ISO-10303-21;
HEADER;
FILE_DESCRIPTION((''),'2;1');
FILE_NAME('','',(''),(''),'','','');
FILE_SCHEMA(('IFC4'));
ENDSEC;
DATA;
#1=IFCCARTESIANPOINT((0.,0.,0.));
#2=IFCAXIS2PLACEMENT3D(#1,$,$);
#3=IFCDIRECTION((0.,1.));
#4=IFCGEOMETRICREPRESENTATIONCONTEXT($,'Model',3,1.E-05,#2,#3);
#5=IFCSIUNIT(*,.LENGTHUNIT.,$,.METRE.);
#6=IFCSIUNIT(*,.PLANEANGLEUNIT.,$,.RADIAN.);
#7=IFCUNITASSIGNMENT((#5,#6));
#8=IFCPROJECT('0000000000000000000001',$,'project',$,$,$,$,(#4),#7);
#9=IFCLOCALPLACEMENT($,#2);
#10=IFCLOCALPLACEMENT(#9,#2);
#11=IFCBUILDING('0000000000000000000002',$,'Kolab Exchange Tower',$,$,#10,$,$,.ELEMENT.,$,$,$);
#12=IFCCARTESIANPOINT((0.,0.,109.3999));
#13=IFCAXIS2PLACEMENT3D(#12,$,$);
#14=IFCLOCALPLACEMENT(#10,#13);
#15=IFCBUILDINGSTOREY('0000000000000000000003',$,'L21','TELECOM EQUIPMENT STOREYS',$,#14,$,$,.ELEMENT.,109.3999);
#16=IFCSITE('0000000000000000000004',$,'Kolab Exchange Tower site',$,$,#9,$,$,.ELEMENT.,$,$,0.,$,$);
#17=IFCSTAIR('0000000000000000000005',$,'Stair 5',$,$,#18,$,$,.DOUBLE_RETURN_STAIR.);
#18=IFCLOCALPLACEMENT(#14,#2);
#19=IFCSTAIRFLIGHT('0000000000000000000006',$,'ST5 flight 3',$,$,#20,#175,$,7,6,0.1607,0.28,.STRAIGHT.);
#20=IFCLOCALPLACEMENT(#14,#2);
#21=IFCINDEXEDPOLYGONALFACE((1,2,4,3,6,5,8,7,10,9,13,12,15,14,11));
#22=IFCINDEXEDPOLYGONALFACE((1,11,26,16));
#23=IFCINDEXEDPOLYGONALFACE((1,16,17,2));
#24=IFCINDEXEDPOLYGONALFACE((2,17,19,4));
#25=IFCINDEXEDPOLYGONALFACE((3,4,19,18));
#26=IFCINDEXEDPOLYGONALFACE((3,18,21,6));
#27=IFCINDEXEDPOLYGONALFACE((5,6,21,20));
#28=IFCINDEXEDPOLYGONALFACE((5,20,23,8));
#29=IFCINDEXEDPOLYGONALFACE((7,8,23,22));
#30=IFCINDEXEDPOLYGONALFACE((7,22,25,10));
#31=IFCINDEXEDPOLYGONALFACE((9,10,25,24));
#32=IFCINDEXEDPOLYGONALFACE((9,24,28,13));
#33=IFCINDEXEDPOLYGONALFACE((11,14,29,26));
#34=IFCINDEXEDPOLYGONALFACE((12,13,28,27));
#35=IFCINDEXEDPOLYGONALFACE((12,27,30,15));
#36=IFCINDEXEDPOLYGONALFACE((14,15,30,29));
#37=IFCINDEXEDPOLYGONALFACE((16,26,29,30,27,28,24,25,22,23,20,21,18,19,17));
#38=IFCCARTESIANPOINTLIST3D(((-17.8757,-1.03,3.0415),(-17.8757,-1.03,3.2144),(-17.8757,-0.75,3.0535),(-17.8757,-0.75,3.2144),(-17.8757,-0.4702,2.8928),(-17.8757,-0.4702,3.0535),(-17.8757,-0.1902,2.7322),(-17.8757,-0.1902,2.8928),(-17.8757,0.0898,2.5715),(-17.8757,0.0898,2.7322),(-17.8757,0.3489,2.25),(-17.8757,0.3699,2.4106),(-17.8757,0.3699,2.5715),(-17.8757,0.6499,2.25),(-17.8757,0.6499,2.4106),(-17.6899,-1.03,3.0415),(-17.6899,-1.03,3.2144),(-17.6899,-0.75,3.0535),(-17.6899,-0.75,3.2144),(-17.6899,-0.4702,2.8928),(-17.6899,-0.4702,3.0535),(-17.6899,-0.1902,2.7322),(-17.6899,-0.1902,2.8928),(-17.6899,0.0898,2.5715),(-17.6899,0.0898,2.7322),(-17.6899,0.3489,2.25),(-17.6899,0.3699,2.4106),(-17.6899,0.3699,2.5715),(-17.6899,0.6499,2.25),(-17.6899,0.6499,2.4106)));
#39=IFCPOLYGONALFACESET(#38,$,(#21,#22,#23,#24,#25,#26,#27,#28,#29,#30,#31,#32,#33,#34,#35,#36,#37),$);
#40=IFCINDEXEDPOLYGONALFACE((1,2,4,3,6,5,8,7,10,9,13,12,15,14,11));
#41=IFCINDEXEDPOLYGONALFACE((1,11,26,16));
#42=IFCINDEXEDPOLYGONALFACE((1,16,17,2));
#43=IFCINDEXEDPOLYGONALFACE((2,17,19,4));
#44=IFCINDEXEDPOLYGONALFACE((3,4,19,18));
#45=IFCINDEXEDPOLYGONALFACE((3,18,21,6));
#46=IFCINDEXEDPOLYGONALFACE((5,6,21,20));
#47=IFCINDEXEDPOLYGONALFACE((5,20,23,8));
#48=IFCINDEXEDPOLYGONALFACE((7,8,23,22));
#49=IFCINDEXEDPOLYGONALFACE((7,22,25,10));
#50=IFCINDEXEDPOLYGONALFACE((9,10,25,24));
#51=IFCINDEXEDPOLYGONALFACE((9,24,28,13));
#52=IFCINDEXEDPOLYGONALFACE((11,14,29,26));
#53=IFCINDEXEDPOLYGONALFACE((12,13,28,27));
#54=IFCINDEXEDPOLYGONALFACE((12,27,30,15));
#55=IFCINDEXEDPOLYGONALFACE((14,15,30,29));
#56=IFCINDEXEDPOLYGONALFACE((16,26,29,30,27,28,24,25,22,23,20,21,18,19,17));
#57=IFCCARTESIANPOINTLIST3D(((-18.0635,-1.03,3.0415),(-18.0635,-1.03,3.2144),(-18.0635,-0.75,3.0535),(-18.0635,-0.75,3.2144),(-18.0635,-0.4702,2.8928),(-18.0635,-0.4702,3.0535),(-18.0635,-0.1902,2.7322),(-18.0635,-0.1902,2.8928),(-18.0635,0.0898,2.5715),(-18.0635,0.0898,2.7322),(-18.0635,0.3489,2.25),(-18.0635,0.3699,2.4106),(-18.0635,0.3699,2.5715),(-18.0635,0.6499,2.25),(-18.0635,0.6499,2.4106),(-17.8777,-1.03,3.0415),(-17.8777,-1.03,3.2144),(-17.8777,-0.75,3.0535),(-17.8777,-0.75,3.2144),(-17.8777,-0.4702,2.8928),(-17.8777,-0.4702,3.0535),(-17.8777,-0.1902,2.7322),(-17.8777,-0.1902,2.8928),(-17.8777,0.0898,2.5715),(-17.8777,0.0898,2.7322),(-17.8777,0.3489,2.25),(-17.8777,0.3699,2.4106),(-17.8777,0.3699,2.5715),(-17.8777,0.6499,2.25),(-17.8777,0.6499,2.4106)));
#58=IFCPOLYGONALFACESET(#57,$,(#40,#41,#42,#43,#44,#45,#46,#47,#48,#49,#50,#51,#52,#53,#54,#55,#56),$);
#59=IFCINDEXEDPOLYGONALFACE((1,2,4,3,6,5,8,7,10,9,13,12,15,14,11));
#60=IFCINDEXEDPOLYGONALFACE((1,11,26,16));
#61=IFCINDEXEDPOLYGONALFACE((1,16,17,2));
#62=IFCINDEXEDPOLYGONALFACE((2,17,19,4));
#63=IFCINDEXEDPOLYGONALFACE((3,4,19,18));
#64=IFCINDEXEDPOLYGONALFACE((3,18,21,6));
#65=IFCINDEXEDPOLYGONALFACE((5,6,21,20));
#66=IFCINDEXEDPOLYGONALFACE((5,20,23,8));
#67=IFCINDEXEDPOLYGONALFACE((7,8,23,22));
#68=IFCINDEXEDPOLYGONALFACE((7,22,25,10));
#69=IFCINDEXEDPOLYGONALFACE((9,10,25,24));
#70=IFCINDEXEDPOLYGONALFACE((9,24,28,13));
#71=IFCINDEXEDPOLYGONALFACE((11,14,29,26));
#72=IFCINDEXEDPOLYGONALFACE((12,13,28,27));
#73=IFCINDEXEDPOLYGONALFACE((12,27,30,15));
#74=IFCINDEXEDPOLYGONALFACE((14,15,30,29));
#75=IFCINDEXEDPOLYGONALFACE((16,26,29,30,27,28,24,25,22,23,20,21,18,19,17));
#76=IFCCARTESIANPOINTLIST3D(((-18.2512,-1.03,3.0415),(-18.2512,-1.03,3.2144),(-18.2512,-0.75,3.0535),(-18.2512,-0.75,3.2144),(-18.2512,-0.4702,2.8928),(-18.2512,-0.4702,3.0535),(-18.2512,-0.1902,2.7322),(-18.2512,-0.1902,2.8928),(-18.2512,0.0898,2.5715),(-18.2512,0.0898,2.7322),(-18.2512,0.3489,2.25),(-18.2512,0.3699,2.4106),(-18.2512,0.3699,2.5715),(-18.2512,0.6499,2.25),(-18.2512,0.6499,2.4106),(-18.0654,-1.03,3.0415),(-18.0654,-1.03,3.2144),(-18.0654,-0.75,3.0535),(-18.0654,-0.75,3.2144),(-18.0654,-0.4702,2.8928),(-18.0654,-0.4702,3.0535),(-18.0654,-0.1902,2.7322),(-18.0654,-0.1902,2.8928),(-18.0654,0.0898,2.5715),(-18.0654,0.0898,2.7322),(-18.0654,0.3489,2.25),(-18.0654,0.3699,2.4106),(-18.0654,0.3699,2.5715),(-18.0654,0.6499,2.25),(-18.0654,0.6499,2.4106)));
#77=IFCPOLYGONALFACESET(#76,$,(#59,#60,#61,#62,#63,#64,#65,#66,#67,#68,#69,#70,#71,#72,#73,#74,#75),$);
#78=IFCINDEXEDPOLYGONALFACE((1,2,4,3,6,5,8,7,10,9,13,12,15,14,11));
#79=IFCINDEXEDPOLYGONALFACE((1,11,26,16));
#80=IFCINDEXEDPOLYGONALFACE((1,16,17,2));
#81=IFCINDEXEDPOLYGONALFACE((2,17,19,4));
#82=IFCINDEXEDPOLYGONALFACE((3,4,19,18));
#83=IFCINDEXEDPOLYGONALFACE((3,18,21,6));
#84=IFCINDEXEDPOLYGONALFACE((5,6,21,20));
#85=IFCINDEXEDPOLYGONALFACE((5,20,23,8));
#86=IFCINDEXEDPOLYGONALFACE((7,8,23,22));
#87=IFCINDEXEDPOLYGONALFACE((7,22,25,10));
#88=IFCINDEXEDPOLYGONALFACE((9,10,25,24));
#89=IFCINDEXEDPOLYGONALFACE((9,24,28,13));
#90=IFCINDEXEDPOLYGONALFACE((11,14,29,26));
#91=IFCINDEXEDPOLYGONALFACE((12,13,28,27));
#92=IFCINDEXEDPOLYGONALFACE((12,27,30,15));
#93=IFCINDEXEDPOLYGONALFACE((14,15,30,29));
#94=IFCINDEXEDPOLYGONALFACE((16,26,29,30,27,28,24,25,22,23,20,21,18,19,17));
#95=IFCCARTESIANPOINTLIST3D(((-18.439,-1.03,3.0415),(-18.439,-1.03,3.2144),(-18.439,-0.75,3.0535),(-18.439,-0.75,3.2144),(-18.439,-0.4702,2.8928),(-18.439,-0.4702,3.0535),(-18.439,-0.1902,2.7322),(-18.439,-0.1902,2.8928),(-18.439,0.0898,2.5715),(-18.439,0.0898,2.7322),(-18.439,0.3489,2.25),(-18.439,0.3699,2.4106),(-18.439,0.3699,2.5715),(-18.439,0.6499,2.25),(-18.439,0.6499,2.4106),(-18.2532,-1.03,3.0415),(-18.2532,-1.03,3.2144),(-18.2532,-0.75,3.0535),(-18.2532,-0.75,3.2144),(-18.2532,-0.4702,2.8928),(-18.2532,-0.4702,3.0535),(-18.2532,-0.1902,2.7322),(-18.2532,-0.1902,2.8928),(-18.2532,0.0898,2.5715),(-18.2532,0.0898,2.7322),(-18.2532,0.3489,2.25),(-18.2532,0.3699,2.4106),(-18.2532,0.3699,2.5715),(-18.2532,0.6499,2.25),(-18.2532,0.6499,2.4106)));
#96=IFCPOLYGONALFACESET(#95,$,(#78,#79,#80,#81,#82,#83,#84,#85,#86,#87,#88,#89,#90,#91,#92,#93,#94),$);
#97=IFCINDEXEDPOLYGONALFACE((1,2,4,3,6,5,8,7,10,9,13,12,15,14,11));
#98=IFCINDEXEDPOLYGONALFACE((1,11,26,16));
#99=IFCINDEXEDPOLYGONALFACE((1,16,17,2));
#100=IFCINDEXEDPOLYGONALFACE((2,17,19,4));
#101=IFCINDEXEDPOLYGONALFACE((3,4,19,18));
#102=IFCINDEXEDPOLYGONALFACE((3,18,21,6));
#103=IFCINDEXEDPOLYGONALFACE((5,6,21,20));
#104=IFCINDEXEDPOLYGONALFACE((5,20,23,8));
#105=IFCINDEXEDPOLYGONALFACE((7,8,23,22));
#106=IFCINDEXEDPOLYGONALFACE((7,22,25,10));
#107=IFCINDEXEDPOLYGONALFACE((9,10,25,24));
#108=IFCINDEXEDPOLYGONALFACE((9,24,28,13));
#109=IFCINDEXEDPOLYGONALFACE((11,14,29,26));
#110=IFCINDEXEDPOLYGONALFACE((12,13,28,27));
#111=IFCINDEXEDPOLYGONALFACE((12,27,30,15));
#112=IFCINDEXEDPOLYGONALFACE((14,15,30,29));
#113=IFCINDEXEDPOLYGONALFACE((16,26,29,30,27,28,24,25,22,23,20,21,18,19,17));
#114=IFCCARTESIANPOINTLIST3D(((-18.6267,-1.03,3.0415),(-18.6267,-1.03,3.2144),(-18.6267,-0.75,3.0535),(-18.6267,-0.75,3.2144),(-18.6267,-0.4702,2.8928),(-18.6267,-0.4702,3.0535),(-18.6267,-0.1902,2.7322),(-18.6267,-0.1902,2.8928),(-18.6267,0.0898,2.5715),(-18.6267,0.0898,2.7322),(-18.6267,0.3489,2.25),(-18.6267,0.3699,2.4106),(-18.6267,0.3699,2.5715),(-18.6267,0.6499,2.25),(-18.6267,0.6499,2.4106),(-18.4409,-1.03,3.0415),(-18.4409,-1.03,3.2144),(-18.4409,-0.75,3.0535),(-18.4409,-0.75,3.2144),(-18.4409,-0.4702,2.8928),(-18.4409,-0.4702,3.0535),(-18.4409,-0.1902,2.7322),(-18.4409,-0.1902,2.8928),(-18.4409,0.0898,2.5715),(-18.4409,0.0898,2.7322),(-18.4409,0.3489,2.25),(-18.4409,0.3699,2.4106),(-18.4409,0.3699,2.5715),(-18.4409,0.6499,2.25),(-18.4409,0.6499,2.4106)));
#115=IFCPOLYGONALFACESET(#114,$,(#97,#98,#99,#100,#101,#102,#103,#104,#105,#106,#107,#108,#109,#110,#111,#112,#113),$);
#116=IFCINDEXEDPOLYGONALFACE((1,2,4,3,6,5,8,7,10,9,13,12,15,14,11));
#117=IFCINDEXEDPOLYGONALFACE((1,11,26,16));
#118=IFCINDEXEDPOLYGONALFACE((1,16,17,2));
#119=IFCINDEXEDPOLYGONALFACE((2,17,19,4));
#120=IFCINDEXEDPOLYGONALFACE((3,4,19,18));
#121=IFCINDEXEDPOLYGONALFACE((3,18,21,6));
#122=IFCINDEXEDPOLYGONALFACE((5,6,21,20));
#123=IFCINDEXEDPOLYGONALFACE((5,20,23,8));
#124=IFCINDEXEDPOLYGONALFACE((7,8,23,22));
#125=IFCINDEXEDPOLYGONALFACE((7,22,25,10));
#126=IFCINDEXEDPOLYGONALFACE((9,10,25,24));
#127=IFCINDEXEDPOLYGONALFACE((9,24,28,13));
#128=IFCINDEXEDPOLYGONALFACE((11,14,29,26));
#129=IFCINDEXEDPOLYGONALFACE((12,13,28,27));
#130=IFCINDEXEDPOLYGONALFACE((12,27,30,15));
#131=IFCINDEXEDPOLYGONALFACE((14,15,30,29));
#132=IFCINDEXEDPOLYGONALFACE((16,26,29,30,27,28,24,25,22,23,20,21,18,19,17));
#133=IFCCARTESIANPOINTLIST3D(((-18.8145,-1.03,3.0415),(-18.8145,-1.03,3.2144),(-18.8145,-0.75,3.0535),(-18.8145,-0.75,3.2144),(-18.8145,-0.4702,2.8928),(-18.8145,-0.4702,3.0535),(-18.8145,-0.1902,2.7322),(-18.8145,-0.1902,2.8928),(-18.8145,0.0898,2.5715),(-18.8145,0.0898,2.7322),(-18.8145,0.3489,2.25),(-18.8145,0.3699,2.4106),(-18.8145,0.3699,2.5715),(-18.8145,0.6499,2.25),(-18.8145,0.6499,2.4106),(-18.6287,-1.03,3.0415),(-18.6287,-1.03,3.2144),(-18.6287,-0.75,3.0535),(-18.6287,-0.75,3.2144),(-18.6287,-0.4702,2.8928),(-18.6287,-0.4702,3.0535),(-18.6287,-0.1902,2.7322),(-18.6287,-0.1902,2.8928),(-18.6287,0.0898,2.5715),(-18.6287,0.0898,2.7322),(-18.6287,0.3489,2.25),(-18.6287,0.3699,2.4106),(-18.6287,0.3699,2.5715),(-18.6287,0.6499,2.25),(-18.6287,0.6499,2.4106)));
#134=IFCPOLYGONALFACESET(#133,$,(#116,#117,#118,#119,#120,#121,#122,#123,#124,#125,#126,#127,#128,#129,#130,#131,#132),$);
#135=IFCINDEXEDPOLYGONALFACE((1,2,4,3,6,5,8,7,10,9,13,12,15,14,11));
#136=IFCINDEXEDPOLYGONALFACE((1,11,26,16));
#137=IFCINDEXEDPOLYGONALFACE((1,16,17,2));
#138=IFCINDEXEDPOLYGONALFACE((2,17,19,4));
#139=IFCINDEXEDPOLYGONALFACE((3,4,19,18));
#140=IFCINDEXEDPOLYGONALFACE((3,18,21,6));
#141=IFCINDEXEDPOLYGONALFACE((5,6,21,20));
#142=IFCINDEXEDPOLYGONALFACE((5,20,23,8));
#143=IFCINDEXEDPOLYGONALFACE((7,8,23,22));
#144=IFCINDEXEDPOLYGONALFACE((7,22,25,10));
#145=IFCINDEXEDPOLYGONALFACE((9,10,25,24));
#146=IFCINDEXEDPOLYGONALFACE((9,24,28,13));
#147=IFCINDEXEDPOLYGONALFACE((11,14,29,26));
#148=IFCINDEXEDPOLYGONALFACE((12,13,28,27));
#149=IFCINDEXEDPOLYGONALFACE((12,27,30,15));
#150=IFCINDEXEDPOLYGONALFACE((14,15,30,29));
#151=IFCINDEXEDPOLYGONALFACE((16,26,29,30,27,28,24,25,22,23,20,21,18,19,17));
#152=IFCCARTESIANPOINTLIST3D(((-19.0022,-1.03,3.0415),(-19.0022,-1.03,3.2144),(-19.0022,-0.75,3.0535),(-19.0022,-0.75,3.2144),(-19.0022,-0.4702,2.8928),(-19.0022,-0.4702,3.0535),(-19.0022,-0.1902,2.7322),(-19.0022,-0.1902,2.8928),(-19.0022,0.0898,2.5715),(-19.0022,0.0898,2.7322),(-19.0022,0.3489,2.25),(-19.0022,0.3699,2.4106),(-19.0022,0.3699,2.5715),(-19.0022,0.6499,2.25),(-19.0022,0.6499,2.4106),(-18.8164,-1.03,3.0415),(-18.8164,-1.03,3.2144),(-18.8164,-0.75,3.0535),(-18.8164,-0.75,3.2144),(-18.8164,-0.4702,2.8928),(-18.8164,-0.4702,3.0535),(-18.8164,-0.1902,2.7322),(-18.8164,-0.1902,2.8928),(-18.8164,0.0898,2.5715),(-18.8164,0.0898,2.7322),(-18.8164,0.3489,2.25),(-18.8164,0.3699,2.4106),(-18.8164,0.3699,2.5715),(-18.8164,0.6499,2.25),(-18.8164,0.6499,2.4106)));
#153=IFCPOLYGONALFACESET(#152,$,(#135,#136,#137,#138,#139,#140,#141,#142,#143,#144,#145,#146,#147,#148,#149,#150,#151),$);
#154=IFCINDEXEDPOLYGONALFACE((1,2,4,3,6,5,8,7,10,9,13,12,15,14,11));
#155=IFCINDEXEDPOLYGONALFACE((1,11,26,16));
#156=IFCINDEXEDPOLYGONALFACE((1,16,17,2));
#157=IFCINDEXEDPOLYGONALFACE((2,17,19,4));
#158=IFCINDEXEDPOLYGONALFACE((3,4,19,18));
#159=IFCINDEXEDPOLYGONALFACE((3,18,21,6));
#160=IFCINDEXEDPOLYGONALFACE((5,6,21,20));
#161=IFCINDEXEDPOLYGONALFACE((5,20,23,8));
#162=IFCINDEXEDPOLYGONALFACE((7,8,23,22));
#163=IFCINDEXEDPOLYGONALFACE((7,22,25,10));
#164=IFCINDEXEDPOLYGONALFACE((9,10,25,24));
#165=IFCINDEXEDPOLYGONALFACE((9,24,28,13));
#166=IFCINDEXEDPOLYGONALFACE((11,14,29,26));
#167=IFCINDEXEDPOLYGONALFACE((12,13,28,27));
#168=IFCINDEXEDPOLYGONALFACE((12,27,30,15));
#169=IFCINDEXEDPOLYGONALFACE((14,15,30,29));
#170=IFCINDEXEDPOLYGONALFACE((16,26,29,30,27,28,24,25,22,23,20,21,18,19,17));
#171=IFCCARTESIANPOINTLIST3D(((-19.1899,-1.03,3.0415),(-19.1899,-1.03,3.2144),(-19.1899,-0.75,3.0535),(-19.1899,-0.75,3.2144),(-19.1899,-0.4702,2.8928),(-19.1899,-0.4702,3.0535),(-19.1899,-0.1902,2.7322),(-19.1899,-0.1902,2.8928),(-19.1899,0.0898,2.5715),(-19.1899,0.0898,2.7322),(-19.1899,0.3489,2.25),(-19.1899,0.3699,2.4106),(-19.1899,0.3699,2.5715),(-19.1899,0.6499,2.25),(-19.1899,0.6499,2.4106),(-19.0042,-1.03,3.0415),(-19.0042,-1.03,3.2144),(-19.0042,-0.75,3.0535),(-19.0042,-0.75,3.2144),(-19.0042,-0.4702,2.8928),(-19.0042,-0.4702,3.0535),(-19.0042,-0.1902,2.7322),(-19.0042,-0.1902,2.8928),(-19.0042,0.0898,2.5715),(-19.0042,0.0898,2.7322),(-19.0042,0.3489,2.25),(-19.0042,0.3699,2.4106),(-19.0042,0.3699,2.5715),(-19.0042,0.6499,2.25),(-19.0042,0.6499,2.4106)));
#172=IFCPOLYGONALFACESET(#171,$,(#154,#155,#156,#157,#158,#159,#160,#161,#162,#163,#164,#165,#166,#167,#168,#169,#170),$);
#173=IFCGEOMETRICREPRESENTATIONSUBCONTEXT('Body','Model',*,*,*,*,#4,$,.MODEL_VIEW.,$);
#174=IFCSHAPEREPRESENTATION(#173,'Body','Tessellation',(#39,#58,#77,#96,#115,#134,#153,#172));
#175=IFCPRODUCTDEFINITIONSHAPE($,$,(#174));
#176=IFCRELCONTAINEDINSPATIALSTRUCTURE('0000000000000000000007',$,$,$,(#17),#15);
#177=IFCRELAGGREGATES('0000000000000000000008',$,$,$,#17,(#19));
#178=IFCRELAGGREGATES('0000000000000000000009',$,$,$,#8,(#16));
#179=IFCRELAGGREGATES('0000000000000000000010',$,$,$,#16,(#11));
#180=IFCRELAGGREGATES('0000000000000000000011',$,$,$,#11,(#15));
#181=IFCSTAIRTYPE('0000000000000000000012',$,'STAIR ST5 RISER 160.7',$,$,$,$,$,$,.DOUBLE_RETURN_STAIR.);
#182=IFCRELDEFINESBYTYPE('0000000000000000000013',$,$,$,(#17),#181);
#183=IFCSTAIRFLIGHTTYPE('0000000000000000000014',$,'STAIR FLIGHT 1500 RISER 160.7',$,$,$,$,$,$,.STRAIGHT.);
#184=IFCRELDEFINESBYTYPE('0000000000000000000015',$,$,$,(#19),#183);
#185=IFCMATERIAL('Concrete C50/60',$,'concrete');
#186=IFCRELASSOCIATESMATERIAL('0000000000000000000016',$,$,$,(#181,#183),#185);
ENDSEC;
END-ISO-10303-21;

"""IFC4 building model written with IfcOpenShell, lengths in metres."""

from ifc_helpers import new_model, si_unit, direction, frame, origin, place, context, subcontext, project, spatial, polyline, outline, extrude, material, type_object, element, aggregate, save


model = new_model("IFC4")

# Units and contexts
model_context = context("Model", 3, precision=1e-05, world=origin(), true_north=direction((0.0, 1.0)))
body_context = subcontext(model_context, "Body", "Model", "MODEL_VIEW")
ifc_project = project(units=[si_unit("LENGTHUNIT", "METRE"), si_unit("PLANEANGLEUNIT", "RADIAN")], contexts=[model_context])

# Site, building, storey
site_placement = place(None, origin())
site = spatial("IfcSite", under=ifc_project, at=site_placement, Name="Kolab Exchange Tower site", CompositionType="ELEMENT", RefElevation=0.0)
building_placement = place(site_placement, origin())
building = spatial("IfcBuilding", under=site, at=building_placement, Name="Kolab Exchange Tower", CompositionType="ELEMENT")
storey_placement = place(building_placement, frame((0.0, 0.0, 109.3999)))
storey = spatial("IfcBuildingStorey", under=building, at=storey_placement, Name="L21", Description="TELECOM EQUIPMENT STOREYS", CompositionType="ELEMENT", Elevation=109.3999)

# Shared definitions
ifc_material_1 = material(Name="Concrete C50/60", Category="concrete")

# Stair, stair flight
stair_type = type_object("IfcStairType", Name="STAIR ST5 RISER 160.7", PredefinedType="DOUBLE_RETURN_STAIR", material=ifc_material_1)
stair_placement = place(storey_placement, origin())
stair = element("IfcStair", 1, at=stair_placement, inside=storey, type_object=stair_type, Name="Stair 5", PredefinedType="DOUBLE_RETURN_STAIR")
stair_flight_type = type_object("IfcStairFlightType", Name="STAIR FLIGHT 1500 RISER 160.7", PredefinedType="STRAIGHT", material=ifc_material_1)
stair_flight_1_placement = place(storey_placement, frame((-18.4399, 0.6499, 2.25), z_axis=(0.0, 0.0, 1.0), x_axis=(0.0, -1.0, 0.0)))
stair_flight_1 = element("IfcStairFlight", 2, at=stair_flight_1_placement, type_object=stair_flight_type, Name="ST5 flight 3", NumberOfRisers=7, NumberOfTreads=6, PredefinedType="STRAIGHT", RiserHeight=0.1607, TreadLength=0.28, context=body_context, shape_type="SweptSolid", body=[
    extrude(outline(polyline([(0.0, 0.0), (0.0, 0.1606), (0.28, 0.1606), (0.28, 0.3215), (0.5601, 0.3215), (0.5601, 0.4822), (0.8401, 0.4822), (0.8401, 0.6428), (1.1201, 0.6428), (1.1201, 0.8035), (1.3999, 0.8035), (1.3999, 0.9644), (1.6799, 0.9644), (1.6799, 1.125), (1.6799, 0.7915), (0.301, 0.0), (0.0, 0.0)])), frame((0.0, 0.75, 0.0), z_axis=(0.0, -1.0, 0.0), x_axis=(1.0, 0.0, 0.0)), (0.0, 0.0, 1.0), 0.1858),
    extrude(outline(polyline([(0.0, 0.0), (0.0, 0.1606), (0.28, 0.1606), (0.28, 0.3215), (0.5601, 0.3215), (0.5601, 0.4822), (0.8401, 0.4822), (0.8401, 0.6428), (1.1201, 0.6428), (1.1201, 0.8035), (1.3999, 0.8035), (1.3999, 0.9644), (1.6799, 0.9644), (1.6799, 1.125), (1.6799, 0.7915), (0.301, 0.0), (0.0, 0.0)])), frame((0.0, 0.5623, 0.0), z_axis=(0.0, -1.0, 0.0), x_axis=(1.0, 0.0, 0.0)), (0.0, 0.0, 1.0), 0.1858),
    extrude(outline(polyline([(0.0, 0.0), (0.0, 0.1606), (0.28, 0.1606), (0.28, 0.3215), (0.5601, 0.3215), (0.5601, 0.4822), (0.8401, 0.4822), (0.8401, 0.6428), (1.1201, 0.6428), (1.1201, 0.8035), (1.3999, 0.8035), (1.3999, 0.9644), (1.6799, 0.9644), (1.6799, 1.125), (1.6799, 0.7915), (0.301, 0.0), (0.0, 0.0)])), frame((0.0, 0.3745, 0.0), z_axis=(0.0, -1.0, 0.0), x_axis=(1.0, 0.0, 0.0)), (0.0, 0.0, 1.0), 0.1858),
    extrude(outline(polyline([(0.0, 0.0), (0.0, 0.1606), (0.28, 0.1606), (0.28, 0.3215), (0.5601, 0.3215), (0.5601, 0.4822), (0.8401, 0.4822), (0.8401, 0.6428), (1.1201, 0.6428), (1.1201, 0.8035), (1.3999, 0.8035), (1.3999, 0.9644), (1.6799, 0.9644), (1.6799, 1.125), (1.6799, 0.7915), (0.301, 0.0), (0.0, 0.0)])), frame((0.0, 0.1868, 0.0), z_axis=(0.0, -1.0, 0.0), x_axis=(1.0, 0.0, 0.0)), (0.0, 0.0, 1.0), 0.1858),
    extrude(outline(polyline([(0.0, 0.0), (0.0, 0.1606), (0.28, 0.1606), (0.28, 0.3215), (0.5601, 0.3215), (0.5601, 0.4822), (0.8401, 0.4822), (0.8401, 0.6428), (1.1201, 0.6428), (1.1201, 0.8035), (1.3999, 0.8035), (1.3999, 0.9644), (1.6799, 0.9644), (1.6799, 1.125), (1.6799, 0.7915), (0.301, 0.0), (0.0, 0.0)])), frame((0.0, -0.001, 0.0), z_axis=(0.0, -1.0, 0.0), x_axis=(1.0, 0.0, 0.0)), (0.0, 0.0, 1.0), 0.1858),
    extrude(outline(polyline([(0.0, 0.0), (0.0, 0.1606), (0.28, 0.1606), (0.28, 0.3215), (0.5601, 0.3215), (0.5601, 0.4822), (0.8401, 0.4822), (0.8401, 0.6428), (1.1201, 0.6428), (1.1201, 0.8035), (1.3999, 0.8035), (1.3999, 0.9644), (1.6799, 0.9644), (1.6799, 1.125), (1.6799, 0.7915), (0.301, 0.0), (0.0, 0.0)])), frame((0.0, -0.1887, 0.0), z_axis=(0.0, -1.0, 0.0), x_axis=(1.0, 0.0, 0.0)), (0.0, 0.0, 1.0), 0.1858),
    extrude(outline(polyline([(0.0, 0.0), (0.0, 0.1606), (0.28, 0.1606), (0.28, 0.3215), (0.5601, 0.3215), (0.5601, 0.4822), (0.8401, 0.4822), (0.8401, 0.6428), (1.1201, 0.6428), (1.1201, 0.8035), (1.3999, 0.8035), (1.3999, 0.9644), (1.6799, 0.9644), (1.6799, 1.125), (1.6799, 0.7915), (0.301, 0.0), (0.0, 0.0)])), frame((0.0, -0.3765, 0.0), z_axis=(0.0, -1.0, 0.0), x_axis=(1.0, 0.0, 0.0)), (0.0, 0.0, 1.0), 0.1858),
    extrude(outline(polyline([(0.0, 0.0), (0.0, 0.1606), (0.28, 0.1606), (0.28, 0.3215), (0.5601, 0.3215), (0.5601, 0.4822), (0.8401, 0.4822), (0.8401, 0.6428), (1.1201, 0.6428), (1.1201, 0.8035), (1.3999, 0.8035), (1.3999, 0.9644), (1.6799, 0.9644), (1.6799, 1.125), (1.6799, 0.7915), (0.301, 0.0), (0.0, 0.0)])), frame((0.0, -0.5642, 0.0), z_axis=(0.0, -1.0, 0.0), x_axis=(1.0, 0.0, 0.0)), (0.0, 0.0, 1.0), 0.1858),
])
aggregate(stair, [stair_flight_1])

save(model, "model.ifc")
